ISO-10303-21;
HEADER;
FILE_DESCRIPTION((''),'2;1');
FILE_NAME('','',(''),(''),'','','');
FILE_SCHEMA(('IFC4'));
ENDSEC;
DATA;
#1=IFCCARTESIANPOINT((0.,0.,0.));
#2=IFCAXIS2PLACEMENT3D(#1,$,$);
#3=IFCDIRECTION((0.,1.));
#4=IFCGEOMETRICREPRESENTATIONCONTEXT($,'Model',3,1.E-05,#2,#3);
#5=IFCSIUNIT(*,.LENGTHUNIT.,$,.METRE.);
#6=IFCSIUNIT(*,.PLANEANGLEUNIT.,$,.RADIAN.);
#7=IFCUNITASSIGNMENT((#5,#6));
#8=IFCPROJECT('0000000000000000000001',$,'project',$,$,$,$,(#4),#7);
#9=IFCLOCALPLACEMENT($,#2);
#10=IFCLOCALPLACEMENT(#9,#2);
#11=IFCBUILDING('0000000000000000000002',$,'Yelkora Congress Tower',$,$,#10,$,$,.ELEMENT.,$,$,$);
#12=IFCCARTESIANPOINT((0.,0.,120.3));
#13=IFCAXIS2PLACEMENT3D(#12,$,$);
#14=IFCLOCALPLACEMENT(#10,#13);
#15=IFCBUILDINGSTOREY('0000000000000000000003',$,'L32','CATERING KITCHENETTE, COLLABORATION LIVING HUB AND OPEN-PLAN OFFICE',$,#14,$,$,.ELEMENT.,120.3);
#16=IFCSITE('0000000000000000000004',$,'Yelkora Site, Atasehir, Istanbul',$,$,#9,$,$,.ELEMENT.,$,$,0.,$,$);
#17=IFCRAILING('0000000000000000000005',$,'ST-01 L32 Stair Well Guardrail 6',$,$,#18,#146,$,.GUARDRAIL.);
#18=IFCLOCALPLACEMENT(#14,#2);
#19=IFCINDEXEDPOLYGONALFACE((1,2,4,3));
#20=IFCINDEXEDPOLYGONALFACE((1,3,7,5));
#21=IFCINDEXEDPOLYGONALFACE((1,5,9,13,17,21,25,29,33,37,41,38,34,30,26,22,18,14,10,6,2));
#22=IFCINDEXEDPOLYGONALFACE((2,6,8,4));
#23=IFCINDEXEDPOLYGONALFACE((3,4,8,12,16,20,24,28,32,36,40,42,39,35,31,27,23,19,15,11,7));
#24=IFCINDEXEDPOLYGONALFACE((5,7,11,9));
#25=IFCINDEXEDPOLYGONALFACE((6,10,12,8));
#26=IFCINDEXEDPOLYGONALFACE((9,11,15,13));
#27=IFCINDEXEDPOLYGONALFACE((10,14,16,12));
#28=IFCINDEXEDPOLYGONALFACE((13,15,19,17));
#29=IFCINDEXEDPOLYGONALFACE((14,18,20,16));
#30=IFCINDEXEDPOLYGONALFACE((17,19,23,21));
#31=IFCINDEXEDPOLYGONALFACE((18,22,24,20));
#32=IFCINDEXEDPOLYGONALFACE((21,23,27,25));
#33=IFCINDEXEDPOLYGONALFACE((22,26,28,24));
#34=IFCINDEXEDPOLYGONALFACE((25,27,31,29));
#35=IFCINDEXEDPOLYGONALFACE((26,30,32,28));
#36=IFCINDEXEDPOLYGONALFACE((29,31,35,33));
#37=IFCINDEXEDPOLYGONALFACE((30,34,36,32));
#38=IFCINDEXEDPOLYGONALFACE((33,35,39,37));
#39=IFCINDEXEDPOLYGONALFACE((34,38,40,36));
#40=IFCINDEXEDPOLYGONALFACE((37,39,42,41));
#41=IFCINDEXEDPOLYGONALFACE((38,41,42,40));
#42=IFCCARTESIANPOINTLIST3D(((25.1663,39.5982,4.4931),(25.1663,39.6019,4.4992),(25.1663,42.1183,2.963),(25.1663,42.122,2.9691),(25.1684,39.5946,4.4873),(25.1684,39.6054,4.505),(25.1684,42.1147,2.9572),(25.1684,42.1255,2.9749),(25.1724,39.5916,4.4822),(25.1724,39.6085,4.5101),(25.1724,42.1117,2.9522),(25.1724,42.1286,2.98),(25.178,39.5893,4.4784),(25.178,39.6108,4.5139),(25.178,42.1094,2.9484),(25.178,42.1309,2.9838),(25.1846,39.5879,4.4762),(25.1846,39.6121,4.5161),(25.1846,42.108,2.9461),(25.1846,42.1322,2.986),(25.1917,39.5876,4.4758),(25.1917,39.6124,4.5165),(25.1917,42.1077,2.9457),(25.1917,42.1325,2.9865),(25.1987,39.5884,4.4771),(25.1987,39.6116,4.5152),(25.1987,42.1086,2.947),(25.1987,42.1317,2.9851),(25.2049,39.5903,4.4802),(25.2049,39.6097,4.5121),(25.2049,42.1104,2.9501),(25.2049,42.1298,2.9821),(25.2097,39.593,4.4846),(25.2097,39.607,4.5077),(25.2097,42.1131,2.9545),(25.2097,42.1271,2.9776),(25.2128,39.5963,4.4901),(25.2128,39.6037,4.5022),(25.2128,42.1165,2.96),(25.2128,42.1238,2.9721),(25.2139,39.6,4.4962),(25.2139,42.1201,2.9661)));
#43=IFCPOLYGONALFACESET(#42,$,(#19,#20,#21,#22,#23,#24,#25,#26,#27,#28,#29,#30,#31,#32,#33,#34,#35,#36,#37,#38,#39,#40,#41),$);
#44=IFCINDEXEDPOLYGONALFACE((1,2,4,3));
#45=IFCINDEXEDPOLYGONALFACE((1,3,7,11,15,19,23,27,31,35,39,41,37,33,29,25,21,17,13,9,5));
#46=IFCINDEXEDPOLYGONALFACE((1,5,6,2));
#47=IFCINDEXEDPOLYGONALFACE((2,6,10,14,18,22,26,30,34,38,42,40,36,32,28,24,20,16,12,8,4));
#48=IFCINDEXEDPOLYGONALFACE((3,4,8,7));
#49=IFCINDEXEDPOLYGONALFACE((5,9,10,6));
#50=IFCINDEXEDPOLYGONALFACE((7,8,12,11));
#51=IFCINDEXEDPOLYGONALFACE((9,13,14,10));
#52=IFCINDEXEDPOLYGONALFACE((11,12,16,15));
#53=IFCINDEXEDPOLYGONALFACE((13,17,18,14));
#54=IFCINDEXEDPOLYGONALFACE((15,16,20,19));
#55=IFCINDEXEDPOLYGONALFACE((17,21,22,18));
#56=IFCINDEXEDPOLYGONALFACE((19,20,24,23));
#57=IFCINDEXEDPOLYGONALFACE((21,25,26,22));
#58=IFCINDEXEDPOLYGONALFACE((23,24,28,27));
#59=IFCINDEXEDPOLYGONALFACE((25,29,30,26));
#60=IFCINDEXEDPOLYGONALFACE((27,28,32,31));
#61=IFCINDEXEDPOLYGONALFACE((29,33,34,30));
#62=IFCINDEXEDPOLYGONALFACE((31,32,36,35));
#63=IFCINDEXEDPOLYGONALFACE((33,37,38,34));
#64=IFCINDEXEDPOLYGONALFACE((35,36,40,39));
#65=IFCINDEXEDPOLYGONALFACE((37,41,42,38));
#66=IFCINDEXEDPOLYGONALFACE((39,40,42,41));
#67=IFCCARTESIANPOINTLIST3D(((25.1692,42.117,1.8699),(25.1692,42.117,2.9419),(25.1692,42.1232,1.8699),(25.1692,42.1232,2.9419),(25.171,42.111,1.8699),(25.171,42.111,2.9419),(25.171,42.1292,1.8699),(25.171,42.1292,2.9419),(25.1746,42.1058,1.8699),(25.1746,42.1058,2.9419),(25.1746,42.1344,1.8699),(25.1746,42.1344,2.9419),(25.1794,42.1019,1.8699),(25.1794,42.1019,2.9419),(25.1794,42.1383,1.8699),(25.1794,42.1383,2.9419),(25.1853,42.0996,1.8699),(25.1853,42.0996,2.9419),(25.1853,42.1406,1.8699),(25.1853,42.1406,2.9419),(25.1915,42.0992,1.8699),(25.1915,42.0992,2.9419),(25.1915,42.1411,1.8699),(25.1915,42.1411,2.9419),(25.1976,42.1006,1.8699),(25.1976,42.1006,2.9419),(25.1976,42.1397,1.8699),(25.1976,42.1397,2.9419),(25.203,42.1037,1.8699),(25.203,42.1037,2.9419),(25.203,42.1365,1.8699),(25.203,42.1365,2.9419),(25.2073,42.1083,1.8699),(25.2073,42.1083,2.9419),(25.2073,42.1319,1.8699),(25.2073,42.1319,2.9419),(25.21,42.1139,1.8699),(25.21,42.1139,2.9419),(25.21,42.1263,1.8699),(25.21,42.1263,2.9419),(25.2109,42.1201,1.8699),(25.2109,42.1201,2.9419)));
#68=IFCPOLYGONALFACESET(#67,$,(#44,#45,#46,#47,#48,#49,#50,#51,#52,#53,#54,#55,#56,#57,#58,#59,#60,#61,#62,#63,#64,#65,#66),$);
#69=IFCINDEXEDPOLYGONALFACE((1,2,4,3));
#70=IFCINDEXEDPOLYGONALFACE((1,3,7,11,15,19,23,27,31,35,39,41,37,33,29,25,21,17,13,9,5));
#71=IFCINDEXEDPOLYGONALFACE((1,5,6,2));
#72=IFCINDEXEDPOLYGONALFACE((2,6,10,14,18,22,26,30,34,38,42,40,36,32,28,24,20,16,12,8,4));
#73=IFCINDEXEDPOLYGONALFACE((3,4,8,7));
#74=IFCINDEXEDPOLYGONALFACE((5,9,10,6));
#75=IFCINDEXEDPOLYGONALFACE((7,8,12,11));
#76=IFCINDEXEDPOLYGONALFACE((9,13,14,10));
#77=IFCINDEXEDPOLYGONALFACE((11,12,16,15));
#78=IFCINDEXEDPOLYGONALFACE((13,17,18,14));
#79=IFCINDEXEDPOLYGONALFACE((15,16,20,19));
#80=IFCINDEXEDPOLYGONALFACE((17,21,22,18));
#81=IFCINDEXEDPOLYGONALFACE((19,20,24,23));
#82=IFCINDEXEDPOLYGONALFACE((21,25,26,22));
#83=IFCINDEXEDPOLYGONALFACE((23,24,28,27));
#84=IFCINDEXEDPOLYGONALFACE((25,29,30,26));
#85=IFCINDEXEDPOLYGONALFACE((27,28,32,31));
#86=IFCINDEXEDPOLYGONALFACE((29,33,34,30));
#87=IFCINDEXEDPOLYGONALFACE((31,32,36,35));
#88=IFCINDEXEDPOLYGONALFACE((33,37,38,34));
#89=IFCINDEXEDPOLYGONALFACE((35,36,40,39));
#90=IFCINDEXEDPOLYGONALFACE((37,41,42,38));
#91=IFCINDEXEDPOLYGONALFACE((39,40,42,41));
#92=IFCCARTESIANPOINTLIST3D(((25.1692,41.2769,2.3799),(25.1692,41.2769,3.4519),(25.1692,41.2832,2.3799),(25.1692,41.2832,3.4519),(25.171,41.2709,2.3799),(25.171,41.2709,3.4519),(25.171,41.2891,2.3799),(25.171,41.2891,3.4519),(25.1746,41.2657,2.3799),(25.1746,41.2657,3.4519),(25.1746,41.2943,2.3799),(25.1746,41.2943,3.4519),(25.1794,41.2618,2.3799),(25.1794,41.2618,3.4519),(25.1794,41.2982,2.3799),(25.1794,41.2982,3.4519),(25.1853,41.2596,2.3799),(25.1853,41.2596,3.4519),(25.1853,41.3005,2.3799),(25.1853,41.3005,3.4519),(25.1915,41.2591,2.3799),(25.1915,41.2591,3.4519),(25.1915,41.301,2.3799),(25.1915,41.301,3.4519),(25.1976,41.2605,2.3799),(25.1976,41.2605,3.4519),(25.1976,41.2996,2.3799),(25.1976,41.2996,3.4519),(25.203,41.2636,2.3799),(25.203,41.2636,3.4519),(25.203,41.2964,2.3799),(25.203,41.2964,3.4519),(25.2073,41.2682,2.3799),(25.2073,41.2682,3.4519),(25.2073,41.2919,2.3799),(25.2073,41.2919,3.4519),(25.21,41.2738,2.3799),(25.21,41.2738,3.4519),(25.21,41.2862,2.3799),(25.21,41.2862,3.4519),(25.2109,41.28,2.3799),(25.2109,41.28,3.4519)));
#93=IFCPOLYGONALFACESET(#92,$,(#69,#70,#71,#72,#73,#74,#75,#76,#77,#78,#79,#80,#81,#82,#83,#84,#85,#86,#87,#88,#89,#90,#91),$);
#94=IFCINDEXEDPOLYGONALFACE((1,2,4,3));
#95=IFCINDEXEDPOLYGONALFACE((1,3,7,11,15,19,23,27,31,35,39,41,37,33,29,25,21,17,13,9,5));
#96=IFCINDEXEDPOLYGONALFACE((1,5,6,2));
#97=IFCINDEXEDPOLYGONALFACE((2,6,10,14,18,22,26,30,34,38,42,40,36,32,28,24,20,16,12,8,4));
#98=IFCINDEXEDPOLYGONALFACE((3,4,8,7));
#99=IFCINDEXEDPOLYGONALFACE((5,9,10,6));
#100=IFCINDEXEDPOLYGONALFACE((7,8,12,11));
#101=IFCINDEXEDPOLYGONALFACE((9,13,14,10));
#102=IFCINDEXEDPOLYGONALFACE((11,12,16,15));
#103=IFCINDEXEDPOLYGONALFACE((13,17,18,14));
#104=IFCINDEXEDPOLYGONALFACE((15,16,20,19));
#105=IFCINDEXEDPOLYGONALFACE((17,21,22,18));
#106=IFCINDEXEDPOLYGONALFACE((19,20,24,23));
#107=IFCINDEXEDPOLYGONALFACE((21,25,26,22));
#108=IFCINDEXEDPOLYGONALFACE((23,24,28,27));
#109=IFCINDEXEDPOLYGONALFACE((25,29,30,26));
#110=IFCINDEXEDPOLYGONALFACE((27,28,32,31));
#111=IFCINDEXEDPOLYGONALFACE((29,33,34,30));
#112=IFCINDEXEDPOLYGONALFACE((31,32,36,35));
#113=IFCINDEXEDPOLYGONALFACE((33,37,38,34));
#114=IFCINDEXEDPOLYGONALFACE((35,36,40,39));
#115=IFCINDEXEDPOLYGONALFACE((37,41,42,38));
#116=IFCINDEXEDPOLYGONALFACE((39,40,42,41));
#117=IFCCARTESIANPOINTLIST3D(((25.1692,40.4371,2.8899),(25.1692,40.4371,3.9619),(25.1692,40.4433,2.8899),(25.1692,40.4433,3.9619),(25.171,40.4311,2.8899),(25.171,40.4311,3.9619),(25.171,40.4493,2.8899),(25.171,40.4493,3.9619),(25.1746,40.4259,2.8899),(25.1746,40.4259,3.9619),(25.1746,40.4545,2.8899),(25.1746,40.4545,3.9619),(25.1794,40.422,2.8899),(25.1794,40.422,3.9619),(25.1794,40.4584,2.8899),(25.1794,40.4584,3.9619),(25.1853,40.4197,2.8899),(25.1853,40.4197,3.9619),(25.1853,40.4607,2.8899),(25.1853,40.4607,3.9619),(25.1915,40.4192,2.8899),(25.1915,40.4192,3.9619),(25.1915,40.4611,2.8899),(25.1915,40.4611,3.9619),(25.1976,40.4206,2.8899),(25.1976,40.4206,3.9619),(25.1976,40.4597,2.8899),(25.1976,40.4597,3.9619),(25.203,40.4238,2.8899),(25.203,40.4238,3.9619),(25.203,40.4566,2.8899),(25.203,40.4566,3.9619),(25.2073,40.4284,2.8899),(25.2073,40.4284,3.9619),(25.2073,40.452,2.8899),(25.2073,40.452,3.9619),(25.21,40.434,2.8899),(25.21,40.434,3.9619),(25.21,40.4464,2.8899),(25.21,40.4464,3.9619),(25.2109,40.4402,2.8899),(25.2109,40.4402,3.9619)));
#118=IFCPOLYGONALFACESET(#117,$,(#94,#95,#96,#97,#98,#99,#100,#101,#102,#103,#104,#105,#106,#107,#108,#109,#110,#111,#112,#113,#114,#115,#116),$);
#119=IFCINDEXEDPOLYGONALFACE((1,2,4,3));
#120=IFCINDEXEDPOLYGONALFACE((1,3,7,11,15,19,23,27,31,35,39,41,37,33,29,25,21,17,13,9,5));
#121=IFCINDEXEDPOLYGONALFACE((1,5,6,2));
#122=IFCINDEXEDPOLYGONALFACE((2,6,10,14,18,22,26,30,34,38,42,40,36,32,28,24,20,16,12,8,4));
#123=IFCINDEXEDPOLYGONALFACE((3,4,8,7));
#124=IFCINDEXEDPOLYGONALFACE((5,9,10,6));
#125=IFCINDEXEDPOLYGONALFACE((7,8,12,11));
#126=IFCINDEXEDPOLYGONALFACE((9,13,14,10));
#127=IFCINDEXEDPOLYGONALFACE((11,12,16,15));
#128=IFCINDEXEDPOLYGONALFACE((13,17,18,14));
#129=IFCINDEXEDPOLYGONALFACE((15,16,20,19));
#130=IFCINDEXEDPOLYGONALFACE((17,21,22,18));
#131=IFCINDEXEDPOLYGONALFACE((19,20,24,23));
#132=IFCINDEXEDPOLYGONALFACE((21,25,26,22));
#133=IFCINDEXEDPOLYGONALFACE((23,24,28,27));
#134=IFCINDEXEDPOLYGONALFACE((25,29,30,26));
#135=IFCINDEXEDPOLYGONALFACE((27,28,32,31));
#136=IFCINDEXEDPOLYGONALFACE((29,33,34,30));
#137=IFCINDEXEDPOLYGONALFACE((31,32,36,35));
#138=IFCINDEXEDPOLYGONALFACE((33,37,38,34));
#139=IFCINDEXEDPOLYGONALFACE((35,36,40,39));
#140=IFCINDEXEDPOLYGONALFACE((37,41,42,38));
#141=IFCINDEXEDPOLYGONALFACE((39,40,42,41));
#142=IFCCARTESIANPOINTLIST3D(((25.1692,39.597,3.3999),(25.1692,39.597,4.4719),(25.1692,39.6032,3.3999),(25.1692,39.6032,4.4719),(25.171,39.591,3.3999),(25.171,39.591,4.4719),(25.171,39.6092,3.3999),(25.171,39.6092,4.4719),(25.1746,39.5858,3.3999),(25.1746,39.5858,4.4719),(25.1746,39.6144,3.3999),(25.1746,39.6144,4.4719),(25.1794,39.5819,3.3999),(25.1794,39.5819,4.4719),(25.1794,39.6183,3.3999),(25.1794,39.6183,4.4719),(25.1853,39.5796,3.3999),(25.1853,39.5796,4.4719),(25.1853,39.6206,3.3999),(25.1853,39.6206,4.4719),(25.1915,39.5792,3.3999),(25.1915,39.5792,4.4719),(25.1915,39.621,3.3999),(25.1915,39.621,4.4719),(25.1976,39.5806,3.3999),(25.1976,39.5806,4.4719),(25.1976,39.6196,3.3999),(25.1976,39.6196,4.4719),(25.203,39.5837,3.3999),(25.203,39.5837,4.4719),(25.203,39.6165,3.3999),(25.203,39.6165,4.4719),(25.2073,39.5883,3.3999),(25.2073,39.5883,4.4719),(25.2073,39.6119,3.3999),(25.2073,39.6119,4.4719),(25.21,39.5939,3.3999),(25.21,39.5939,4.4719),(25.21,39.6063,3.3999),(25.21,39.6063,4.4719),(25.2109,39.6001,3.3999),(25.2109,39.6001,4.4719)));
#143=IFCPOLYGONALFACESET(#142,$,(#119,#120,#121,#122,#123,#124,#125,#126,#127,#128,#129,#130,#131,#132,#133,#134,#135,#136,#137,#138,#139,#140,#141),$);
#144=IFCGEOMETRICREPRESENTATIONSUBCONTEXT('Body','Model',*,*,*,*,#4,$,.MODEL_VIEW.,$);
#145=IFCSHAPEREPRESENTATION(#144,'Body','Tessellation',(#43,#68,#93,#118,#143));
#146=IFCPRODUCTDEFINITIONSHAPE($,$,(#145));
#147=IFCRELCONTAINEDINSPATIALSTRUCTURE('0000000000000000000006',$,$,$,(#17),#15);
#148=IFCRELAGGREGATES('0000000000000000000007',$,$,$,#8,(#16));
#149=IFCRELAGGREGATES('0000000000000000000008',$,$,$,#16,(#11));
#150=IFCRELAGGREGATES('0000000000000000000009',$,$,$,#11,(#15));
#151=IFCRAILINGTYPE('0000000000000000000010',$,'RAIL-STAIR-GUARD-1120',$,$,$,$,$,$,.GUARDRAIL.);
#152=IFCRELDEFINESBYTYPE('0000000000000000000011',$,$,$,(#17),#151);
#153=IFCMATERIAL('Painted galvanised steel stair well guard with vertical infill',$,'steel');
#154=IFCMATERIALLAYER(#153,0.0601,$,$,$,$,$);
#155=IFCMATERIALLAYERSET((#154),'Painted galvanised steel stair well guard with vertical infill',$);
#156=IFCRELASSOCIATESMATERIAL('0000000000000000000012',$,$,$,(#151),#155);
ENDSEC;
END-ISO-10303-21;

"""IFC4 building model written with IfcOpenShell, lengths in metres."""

from ifc_helpers import new_model, si_unit, direction, frame, origin, origin_2d, place, context, subcontext, project, spatial, circle, extrude, material, layer, layer_set, type_object, element, save


model = new_model("IFC4")

# Units and contexts
model_context = context("Model", 3, precision=1e-05, world=origin(), true_north=direction((0.0, 1.0)))
body_context = subcontext(model_context, "Body", "Model", "MODEL_VIEW")
ifc_project = project(units=[si_unit("LENGTHUNIT", "METRE"), si_unit("PLANEANGLEUNIT", "RADIAN")], contexts=[model_context])

# Site, building, storey
site_placement = place(None, origin())
site = spatial("IfcSite", under=ifc_project, at=site_placement, Name="Yelkora Site, Atasehir, Istanbul", CompositionType="ELEMENT", RefElevation=0.0)
building_placement = place(site_placement, origin())
building = spatial("IfcBuilding", under=site, at=building_placement, Name="Yelkora Congress Tower", CompositionType="ELEMENT")
storey_placement = place(building_placement, frame((0.0, 0.0, 120.3)))
storey = spatial("IfcBuildingStorey", under=building, at=storey_placement, Name="L32", Description="CATERING KITCHENETTE, COLLABORATION LIVING HUB AND OPEN-PLAN OFFICE", CompositionType="ELEMENT", Elevation=120.3)

# Railing
ifc_material_1 = material(Name="Painted galvanised steel stair well guard with vertical infill", Category="steel")
ifc_layer_1 = layer(ifc_material_1, 0.0601)
ifc_layer_set_1 = layer_set([ifc_layer_1], Name="Painted galvanised steel stair well guard with vertical infill")
railing_type_1 = type_object("IfcRailingType", Name="RAIL-STAIR-GUARD-1120", PredefinedType="GUARDRAIL", material=ifc_layer_set_1)
railing_1_placement = place(storey_placement, frame((25.1899, 42.1201, 1.8699)))
element("IfcRailing", 1, at=railing_1_placement, inside=storey, type_object=railing_type_1, Name="ST-01 L32 Stair Well Guardrail 6", PredefinedType="GUARDRAIL", context=body_context, shape_type="SweptSolid", body=[
    extrude(circle(Radius=0.0239, at=origin_2d()), frame((0.0, 0.0, 1.0962), z_axis=(0.0, -0.854785, 0.518982), x_axis=(1.0, 0.0, 0.0)), (0.0, 0.0, 1.0), 2.9482),
    extrude(circle(Radius=0.021, at=origin_2d()), origin(), (0.0, 0.0, 1.0), 1.072),
    extrude(circle(Radius=0.021, at=origin_2d()), frame((0.0, -0.8401, 0.51)), (0.0, 0.0, 1.0), 1.072),
    extrude(circle(Radius=0.021, at=origin_2d()), frame((0.0, -1.6799, 1.02)), (0.0, 0.0, 1.0), 1.072),
    extrude(circle(Radius=0.021, at=origin_2d()), frame((0.0, -2.52, 1.53)), (0.0, 0.0, 1.0), 1.072),
])

save(model, "model.ifc")
